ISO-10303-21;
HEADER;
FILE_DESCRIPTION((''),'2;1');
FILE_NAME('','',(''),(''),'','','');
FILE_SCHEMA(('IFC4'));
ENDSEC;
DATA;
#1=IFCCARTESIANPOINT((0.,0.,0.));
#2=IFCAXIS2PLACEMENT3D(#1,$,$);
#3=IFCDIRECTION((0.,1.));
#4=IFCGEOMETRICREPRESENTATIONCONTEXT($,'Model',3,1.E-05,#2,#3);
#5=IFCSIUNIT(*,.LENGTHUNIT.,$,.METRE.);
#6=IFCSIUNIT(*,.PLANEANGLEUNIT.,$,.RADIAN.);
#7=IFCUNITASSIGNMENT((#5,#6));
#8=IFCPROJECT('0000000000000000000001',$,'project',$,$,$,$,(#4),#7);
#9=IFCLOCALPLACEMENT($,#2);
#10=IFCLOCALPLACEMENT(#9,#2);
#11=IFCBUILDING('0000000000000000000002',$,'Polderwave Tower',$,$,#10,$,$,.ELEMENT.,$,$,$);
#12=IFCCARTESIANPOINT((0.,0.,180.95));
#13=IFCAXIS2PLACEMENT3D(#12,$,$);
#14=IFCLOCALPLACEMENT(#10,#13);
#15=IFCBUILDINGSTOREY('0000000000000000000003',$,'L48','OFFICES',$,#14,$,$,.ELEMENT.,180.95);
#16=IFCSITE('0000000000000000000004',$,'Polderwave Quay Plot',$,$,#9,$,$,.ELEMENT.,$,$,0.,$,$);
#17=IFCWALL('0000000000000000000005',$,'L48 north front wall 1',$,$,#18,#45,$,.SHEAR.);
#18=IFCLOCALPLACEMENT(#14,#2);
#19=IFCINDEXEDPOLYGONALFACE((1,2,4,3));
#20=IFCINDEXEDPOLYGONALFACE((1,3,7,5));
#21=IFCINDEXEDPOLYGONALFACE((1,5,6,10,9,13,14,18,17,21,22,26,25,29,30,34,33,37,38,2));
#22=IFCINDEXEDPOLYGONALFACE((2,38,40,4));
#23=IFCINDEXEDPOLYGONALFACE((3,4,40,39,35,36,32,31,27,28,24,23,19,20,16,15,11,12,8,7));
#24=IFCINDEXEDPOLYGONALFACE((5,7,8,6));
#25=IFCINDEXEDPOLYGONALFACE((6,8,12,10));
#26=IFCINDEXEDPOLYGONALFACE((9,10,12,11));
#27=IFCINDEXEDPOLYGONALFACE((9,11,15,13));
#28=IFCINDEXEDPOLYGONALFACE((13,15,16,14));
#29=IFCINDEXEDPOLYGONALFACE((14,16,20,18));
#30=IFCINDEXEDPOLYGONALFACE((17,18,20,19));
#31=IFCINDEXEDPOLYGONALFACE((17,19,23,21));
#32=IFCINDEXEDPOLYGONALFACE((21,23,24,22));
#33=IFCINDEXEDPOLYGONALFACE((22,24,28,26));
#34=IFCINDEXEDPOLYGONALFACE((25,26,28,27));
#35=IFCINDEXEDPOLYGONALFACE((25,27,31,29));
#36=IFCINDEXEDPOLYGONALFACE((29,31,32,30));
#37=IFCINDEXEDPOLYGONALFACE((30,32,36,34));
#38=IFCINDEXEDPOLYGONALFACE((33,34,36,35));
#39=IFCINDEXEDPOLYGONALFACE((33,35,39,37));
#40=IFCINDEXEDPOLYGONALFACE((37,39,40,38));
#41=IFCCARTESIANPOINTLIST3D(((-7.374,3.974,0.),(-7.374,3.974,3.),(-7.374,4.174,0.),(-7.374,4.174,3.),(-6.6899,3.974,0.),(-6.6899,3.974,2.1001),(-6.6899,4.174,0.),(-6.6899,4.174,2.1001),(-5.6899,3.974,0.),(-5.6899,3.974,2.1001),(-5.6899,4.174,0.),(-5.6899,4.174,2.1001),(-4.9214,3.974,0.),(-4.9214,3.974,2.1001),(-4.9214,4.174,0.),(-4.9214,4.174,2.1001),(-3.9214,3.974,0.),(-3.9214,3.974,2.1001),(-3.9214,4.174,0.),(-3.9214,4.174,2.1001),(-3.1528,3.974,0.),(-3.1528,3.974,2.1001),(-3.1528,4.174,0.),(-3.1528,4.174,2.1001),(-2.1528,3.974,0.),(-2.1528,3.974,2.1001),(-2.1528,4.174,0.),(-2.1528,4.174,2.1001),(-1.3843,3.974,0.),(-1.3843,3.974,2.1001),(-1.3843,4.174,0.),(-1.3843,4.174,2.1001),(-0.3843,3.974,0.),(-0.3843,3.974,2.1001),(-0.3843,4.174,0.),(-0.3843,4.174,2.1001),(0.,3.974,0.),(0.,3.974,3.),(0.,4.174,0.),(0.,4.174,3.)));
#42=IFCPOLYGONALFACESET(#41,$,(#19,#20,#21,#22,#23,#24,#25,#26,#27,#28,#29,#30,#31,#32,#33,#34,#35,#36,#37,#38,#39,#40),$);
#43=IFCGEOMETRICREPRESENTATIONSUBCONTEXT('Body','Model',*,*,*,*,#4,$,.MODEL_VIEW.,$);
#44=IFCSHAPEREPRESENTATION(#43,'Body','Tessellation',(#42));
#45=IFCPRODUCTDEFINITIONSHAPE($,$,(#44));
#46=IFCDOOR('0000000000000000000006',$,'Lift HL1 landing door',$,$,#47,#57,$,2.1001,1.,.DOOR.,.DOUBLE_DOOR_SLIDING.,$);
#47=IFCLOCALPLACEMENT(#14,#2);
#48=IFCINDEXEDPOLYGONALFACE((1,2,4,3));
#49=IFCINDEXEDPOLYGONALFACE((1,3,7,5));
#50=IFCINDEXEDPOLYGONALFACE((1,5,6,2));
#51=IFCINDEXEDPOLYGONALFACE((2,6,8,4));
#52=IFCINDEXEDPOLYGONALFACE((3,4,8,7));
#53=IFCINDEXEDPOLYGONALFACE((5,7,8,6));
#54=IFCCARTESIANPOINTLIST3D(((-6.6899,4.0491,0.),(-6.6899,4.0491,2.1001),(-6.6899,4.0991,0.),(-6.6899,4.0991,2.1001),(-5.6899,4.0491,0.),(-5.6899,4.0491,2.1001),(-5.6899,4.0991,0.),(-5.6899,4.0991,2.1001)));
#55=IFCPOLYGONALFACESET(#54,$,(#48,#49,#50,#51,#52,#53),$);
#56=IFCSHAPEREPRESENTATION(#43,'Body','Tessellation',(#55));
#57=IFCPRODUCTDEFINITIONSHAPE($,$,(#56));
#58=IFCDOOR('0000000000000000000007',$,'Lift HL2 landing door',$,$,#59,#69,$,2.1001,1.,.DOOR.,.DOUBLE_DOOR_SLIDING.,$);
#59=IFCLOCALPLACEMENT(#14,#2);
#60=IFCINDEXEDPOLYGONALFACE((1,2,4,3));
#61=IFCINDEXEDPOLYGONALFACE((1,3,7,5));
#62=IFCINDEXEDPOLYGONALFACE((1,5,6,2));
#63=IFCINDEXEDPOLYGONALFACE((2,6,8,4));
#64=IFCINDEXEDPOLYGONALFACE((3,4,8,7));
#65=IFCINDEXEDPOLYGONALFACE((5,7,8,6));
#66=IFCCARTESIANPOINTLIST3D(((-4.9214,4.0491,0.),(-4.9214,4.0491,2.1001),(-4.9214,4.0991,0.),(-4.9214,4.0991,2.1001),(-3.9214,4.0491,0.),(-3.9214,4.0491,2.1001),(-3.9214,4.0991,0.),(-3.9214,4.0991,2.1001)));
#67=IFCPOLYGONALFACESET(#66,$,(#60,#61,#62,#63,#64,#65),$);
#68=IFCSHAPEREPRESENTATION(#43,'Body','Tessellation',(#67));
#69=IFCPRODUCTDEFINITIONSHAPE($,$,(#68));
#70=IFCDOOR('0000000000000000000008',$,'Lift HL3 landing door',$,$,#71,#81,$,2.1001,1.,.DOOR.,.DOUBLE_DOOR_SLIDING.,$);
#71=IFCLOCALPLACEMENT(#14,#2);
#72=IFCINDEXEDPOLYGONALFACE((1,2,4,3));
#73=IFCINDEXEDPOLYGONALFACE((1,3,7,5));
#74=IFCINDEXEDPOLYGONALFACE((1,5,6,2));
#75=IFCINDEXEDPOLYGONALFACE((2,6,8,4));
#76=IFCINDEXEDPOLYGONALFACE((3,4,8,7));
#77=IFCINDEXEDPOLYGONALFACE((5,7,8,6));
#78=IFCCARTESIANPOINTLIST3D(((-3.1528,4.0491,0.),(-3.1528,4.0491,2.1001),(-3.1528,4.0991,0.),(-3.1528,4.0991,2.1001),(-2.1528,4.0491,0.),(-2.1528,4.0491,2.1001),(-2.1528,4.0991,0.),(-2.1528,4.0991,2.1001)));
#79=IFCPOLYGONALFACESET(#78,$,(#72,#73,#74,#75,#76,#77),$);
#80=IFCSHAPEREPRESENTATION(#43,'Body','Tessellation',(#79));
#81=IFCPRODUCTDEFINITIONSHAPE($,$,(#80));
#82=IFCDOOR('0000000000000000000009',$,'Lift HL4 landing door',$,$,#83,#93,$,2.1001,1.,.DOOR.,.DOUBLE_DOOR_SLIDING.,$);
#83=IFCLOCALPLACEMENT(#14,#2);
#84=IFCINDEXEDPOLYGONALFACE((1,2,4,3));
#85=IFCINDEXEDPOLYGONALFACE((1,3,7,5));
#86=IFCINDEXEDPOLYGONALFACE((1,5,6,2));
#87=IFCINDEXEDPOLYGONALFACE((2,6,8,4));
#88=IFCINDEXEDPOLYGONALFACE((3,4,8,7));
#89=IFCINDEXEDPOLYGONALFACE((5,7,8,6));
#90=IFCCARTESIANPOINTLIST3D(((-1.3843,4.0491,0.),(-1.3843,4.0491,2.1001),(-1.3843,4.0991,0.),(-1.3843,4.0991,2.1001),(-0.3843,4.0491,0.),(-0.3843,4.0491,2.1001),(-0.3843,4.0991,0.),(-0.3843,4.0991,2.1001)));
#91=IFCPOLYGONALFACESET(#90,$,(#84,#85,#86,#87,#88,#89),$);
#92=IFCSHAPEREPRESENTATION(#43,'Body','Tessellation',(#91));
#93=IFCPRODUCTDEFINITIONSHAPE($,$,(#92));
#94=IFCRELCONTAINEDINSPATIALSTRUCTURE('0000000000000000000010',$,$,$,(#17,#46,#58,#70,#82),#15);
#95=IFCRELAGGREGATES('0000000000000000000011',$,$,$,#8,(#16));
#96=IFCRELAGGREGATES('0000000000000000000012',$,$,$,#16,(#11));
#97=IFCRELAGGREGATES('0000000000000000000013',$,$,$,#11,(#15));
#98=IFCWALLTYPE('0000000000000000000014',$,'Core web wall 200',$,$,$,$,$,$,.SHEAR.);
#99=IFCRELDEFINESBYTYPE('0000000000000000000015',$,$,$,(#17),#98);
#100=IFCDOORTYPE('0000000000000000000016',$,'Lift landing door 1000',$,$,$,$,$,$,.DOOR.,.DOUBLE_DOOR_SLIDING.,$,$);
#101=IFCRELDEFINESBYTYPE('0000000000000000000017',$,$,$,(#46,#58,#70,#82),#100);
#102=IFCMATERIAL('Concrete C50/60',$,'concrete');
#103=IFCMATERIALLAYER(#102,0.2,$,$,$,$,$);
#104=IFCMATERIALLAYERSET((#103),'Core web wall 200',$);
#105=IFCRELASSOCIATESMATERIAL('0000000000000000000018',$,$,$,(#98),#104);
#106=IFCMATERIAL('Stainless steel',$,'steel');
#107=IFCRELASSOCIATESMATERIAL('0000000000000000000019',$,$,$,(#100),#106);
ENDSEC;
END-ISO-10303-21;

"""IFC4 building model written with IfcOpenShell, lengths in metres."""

from ifc_helpers import new_model, si_unit, direction, frame, frame_2d, origin, place, context, subcontext, project, spatial, rectangle, extrude, material, layer, layer_set, type_object, element, fill, save


model = new_model("IFC4")

# Units and contexts
model_context = context("Model", 3, precision=1e-05, world=origin(), true_north=direction((0.0, 1.0)))
body_context = subcontext(model_context, "Body", "Model", "MODEL_VIEW")
ifc_project = project(units=[si_unit("LENGTHUNIT", "METRE"), si_unit("PLANEANGLEUNIT", "RADIAN")], contexts=[model_context])

# Site, building, storey
site_placement = place(None, origin())
site = spatial("IfcSite", under=ifc_project, at=site_placement, Name="Polderwave Quay Plot", CompositionType="ELEMENT", RefElevation=0.0)
building_placement = place(site_placement, origin())
building = spatial("IfcBuilding", under=site, at=building_placement, Name="Polderwave Tower", CompositionType="ELEMENT")
storey_placement = place(building_placement, frame((0.0, 0.0, 180.95)))
storey = spatial("IfcBuildingStorey", under=building, at=storey_placement, Name="L48", Description="OFFICES", CompositionType="ELEMENT", Elevation=180.95)

# Wall, openings, doors
ifc_material_1 = material(Name="Concrete C50/60", Category="concrete")
ifc_layer_1 = layer(ifc_material_1, 0.2)
ifc_layer_set_1 = layer_set([ifc_layer_1], Name="Core web wall 200")
wall_type_1 = type_object("IfcWallType", Name="Core web wall 200", PredefinedType="SHEAR", material=ifc_layer_set_1)
wall_1_placement = place(storey_placement, frame((-7.374, 4.074, 0.0), z_axis=(0.0, 0.0, 1.0), x_axis=(1.0, 0.0, 0.0)))
wall_1 = element("IfcWall", 1, at=wall_1_placement, inside=storey, type_object=wall_type_1, Name="L48 north front wall 1", PredefinedType="SHEAR", context=body_context, shape_type="SweptSolid", body=[
    extrude(rectangle(XDim=7.374, YDim=0.2, at=frame_2d((3.687, 0.0))), origin(), (0.0, 0.0, 1.0), 3.0),
])
opening_1_placement = place(wall_1_placement, frame((0.6841, 0.0, 0.0)))
opening_1 = element("IfcOpeningElement", 2, at=opening_1_placement, cuts=wall_1, PredefinedType="OPENING", context=body_context, shape_type="SweptSolid", body=[
    extrude(rectangle(XDim=1.0, YDim=2.1001, at=frame_2d((0.5, 1.05))), frame((0.0, 0.1099, 0.0), z_axis=(0.0, -1.0, 0.0), x_axis=(1.0, 0.0, 0.0)), (0.0, 0.0, 1.0), 0.22),
])
opening_2_placement = place(wall_1_placement, frame((2.4526, 0.0, 0.0)))
opening_2 = element("IfcOpeningElement", 3, at=opening_2_placement, cuts=wall_1, PredefinedType="OPENING", context=body_context, shape_type="SweptSolid", body=[
    extrude(rectangle(XDim=1.0, YDim=2.1001, at=frame_2d((0.5, 1.05))), frame((0.0, 0.1099, 0.0), z_axis=(0.0, -1.0, 0.0), x_axis=(1.0, 0.0, 0.0)), (0.0, 0.0, 1.0), 0.22),
])
opening_3_placement = place(wall_1_placement, frame((4.2212, 0.0, 0.0)))
opening_3 = element("IfcOpeningElement", 4, at=opening_3_placement, cuts=wall_1, PredefinedType="OPENING", context=body_context, shape_type="SweptSolid", body=[
    extrude(rectangle(XDim=1.0, YDim=2.1001, at=frame_2d((0.5, 1.05))), frame((0.0, 0.1099, 0.0), z_axis=(0.0, -1.0, 0.0), x_axis=(1.0, 0.0, 0.0)), (0.0, 0.0, 1.0), 0.22),
])
opening_4_placement = place(wall_1_placement, frame((5.9897, 0.0, 0.0)))
opening_4 = element("IfcOpeningElement", 5, at=opening_4_placement, cuts=wall_1, PredefinedType="OPENING", context=body_context, shape_type="SweptSolid", body=[
    extrude(rectangle(XDim=1.0, YDim=2.1001, at=frame_2d((0.5, 1.05))), frame((0.0, 0.1099, 0.0), z_axis=(0.0, -1.0, 0.0), x_axis=(1.0, 0.0, 0.0)), (0.0, 0.0, 1.0), 0.22),
])
ifc_material_2 = material(Name="Stainless steel", Category="steel")
door_type_1 = type_object("IfcDoorType", Name="Lift landing door 1000", OperationType="DOUBLE_DOOR_SLIDING", PredefinedType="DOOR", material=ifc_material_2)
door_1_placement = place(opening_1_placement, frame((1.0, 0.0, 0.0), z_axis=(0.0, 0.0, 1.0), x_axis=(-1.0, 0.0, 0.0)))
door_1 = element("IfcDoor", 6, at=door_1_placement, inside=storey, type_object=door_type_1, Name="Lift HL1 landing door", OperationType="DOUBLE_DOOR_SLIDING", OverallHeight=2.1001, OverallWidth=1.0, PredefinedType="DOOR", context=body_context, shape_type="SweptSolid", body=[
    extrude(rectangle(XDim=1.0, YDim=2.1001, at=frame_2d((0.5, 1.05))), frame((0.0, 0.0249, 0.0), z_axis=(0.0, -1.0, 0.0), x_axis=(1.0, 0.0, 0.0)), (0.0, 0.0, 1.0), 0.05),
])
fill(opening_1, door_1)
door_2_placement = place(opening_2_placement, frame((1.0, 0.0, 0.0), z_axis=(0.0, 0.0, 1.0), x_axis=(-1.0, 0.0, 0.0)))
door_2 = element("IfcDoor", 7, at=door_2_placement, inside=storey, type_object=door_type_1, Name="Lift HL2 landing door", OperationType="DOUBLE_DOOR_SLIDING", OverallHeight=2.1001, OverallWidth=1.0, PredefinedType="DOOR", context=body_context, shape_type="SweptSolid", body=[
    extrude(rectangle(XDim=1.0, YDim=2.1001, at=frame_2d((0.5, 1.05))), frame((0.0, 0.0249, 0.0), z_axis=(0.0, -1.0, 0.0), x_axis=(1.0, 0.0, 0.0)), (0.0, 0.0, 1.0), 0.05),
])
fill(opening_2, door_2)
door_3_placement = place(opening_3_placement, frame((1.0, 0.0, 0.0), z_axis=(0.0, 0.0, 1.0), x_axis=(-1.0, 0.0, 0.0)))
door_3 = element("IfcDoor", 8, at=door_3_placement, inside=storey, type_object=door_type_1, Name="Lift HL3 landing door", OperationType="DOUBLE_DOOR_SLIDING", OverallHeight=2.1001, OverallWidth=1.0, PredefinedType="DOOR", context=body_context, shape_type="SweptSolid", body=[
    extrude(rectangle(XDim=1.0, YDim=2.1001, at=frame_2d((0.5, 1.05))), frame((0.0, 0.0249, 0.0), z_axis=(0.0, -1.0, 0.0), x_axis=(1.0, 0.0, 0.0)), (0.0, 0.0, 1.0), 0.05),
])
fill(opening_3, door_3)
door_4_placement = place(opening_4_placement, frame((1.0, 0.0, 0.0), z_axis=(0.0, 0.0, 1.0), x_axis=(-1.0, 0.0, 0.0)))
door_4 = element("IfcDoor", 9, at=door_4_placement, inside=storey, type_object=door_type_1, Name="Lift HL4 landing door", OperationType="DOUBLE_DOOR_SLIDING", OverallHeight=2.1001, OverallWidth=1.0, PredefinedType="DOOR", context=body_context, shape_type="SweptSolid", body=[
    extrude(rectangle(XDim=1.0, YDim=2.1001, at=frame_2d((0.5, 1.05))), frame((0.0, 0.0249, 0.0), z_axis=(0.0, -1.0, 0.0), x_axis=(1.0, 0.0, 0.0)), (0.0, 0.0, 1.0), 0.05),
])
fill(opening_4, door_4)

save(model, "model.ifc")
